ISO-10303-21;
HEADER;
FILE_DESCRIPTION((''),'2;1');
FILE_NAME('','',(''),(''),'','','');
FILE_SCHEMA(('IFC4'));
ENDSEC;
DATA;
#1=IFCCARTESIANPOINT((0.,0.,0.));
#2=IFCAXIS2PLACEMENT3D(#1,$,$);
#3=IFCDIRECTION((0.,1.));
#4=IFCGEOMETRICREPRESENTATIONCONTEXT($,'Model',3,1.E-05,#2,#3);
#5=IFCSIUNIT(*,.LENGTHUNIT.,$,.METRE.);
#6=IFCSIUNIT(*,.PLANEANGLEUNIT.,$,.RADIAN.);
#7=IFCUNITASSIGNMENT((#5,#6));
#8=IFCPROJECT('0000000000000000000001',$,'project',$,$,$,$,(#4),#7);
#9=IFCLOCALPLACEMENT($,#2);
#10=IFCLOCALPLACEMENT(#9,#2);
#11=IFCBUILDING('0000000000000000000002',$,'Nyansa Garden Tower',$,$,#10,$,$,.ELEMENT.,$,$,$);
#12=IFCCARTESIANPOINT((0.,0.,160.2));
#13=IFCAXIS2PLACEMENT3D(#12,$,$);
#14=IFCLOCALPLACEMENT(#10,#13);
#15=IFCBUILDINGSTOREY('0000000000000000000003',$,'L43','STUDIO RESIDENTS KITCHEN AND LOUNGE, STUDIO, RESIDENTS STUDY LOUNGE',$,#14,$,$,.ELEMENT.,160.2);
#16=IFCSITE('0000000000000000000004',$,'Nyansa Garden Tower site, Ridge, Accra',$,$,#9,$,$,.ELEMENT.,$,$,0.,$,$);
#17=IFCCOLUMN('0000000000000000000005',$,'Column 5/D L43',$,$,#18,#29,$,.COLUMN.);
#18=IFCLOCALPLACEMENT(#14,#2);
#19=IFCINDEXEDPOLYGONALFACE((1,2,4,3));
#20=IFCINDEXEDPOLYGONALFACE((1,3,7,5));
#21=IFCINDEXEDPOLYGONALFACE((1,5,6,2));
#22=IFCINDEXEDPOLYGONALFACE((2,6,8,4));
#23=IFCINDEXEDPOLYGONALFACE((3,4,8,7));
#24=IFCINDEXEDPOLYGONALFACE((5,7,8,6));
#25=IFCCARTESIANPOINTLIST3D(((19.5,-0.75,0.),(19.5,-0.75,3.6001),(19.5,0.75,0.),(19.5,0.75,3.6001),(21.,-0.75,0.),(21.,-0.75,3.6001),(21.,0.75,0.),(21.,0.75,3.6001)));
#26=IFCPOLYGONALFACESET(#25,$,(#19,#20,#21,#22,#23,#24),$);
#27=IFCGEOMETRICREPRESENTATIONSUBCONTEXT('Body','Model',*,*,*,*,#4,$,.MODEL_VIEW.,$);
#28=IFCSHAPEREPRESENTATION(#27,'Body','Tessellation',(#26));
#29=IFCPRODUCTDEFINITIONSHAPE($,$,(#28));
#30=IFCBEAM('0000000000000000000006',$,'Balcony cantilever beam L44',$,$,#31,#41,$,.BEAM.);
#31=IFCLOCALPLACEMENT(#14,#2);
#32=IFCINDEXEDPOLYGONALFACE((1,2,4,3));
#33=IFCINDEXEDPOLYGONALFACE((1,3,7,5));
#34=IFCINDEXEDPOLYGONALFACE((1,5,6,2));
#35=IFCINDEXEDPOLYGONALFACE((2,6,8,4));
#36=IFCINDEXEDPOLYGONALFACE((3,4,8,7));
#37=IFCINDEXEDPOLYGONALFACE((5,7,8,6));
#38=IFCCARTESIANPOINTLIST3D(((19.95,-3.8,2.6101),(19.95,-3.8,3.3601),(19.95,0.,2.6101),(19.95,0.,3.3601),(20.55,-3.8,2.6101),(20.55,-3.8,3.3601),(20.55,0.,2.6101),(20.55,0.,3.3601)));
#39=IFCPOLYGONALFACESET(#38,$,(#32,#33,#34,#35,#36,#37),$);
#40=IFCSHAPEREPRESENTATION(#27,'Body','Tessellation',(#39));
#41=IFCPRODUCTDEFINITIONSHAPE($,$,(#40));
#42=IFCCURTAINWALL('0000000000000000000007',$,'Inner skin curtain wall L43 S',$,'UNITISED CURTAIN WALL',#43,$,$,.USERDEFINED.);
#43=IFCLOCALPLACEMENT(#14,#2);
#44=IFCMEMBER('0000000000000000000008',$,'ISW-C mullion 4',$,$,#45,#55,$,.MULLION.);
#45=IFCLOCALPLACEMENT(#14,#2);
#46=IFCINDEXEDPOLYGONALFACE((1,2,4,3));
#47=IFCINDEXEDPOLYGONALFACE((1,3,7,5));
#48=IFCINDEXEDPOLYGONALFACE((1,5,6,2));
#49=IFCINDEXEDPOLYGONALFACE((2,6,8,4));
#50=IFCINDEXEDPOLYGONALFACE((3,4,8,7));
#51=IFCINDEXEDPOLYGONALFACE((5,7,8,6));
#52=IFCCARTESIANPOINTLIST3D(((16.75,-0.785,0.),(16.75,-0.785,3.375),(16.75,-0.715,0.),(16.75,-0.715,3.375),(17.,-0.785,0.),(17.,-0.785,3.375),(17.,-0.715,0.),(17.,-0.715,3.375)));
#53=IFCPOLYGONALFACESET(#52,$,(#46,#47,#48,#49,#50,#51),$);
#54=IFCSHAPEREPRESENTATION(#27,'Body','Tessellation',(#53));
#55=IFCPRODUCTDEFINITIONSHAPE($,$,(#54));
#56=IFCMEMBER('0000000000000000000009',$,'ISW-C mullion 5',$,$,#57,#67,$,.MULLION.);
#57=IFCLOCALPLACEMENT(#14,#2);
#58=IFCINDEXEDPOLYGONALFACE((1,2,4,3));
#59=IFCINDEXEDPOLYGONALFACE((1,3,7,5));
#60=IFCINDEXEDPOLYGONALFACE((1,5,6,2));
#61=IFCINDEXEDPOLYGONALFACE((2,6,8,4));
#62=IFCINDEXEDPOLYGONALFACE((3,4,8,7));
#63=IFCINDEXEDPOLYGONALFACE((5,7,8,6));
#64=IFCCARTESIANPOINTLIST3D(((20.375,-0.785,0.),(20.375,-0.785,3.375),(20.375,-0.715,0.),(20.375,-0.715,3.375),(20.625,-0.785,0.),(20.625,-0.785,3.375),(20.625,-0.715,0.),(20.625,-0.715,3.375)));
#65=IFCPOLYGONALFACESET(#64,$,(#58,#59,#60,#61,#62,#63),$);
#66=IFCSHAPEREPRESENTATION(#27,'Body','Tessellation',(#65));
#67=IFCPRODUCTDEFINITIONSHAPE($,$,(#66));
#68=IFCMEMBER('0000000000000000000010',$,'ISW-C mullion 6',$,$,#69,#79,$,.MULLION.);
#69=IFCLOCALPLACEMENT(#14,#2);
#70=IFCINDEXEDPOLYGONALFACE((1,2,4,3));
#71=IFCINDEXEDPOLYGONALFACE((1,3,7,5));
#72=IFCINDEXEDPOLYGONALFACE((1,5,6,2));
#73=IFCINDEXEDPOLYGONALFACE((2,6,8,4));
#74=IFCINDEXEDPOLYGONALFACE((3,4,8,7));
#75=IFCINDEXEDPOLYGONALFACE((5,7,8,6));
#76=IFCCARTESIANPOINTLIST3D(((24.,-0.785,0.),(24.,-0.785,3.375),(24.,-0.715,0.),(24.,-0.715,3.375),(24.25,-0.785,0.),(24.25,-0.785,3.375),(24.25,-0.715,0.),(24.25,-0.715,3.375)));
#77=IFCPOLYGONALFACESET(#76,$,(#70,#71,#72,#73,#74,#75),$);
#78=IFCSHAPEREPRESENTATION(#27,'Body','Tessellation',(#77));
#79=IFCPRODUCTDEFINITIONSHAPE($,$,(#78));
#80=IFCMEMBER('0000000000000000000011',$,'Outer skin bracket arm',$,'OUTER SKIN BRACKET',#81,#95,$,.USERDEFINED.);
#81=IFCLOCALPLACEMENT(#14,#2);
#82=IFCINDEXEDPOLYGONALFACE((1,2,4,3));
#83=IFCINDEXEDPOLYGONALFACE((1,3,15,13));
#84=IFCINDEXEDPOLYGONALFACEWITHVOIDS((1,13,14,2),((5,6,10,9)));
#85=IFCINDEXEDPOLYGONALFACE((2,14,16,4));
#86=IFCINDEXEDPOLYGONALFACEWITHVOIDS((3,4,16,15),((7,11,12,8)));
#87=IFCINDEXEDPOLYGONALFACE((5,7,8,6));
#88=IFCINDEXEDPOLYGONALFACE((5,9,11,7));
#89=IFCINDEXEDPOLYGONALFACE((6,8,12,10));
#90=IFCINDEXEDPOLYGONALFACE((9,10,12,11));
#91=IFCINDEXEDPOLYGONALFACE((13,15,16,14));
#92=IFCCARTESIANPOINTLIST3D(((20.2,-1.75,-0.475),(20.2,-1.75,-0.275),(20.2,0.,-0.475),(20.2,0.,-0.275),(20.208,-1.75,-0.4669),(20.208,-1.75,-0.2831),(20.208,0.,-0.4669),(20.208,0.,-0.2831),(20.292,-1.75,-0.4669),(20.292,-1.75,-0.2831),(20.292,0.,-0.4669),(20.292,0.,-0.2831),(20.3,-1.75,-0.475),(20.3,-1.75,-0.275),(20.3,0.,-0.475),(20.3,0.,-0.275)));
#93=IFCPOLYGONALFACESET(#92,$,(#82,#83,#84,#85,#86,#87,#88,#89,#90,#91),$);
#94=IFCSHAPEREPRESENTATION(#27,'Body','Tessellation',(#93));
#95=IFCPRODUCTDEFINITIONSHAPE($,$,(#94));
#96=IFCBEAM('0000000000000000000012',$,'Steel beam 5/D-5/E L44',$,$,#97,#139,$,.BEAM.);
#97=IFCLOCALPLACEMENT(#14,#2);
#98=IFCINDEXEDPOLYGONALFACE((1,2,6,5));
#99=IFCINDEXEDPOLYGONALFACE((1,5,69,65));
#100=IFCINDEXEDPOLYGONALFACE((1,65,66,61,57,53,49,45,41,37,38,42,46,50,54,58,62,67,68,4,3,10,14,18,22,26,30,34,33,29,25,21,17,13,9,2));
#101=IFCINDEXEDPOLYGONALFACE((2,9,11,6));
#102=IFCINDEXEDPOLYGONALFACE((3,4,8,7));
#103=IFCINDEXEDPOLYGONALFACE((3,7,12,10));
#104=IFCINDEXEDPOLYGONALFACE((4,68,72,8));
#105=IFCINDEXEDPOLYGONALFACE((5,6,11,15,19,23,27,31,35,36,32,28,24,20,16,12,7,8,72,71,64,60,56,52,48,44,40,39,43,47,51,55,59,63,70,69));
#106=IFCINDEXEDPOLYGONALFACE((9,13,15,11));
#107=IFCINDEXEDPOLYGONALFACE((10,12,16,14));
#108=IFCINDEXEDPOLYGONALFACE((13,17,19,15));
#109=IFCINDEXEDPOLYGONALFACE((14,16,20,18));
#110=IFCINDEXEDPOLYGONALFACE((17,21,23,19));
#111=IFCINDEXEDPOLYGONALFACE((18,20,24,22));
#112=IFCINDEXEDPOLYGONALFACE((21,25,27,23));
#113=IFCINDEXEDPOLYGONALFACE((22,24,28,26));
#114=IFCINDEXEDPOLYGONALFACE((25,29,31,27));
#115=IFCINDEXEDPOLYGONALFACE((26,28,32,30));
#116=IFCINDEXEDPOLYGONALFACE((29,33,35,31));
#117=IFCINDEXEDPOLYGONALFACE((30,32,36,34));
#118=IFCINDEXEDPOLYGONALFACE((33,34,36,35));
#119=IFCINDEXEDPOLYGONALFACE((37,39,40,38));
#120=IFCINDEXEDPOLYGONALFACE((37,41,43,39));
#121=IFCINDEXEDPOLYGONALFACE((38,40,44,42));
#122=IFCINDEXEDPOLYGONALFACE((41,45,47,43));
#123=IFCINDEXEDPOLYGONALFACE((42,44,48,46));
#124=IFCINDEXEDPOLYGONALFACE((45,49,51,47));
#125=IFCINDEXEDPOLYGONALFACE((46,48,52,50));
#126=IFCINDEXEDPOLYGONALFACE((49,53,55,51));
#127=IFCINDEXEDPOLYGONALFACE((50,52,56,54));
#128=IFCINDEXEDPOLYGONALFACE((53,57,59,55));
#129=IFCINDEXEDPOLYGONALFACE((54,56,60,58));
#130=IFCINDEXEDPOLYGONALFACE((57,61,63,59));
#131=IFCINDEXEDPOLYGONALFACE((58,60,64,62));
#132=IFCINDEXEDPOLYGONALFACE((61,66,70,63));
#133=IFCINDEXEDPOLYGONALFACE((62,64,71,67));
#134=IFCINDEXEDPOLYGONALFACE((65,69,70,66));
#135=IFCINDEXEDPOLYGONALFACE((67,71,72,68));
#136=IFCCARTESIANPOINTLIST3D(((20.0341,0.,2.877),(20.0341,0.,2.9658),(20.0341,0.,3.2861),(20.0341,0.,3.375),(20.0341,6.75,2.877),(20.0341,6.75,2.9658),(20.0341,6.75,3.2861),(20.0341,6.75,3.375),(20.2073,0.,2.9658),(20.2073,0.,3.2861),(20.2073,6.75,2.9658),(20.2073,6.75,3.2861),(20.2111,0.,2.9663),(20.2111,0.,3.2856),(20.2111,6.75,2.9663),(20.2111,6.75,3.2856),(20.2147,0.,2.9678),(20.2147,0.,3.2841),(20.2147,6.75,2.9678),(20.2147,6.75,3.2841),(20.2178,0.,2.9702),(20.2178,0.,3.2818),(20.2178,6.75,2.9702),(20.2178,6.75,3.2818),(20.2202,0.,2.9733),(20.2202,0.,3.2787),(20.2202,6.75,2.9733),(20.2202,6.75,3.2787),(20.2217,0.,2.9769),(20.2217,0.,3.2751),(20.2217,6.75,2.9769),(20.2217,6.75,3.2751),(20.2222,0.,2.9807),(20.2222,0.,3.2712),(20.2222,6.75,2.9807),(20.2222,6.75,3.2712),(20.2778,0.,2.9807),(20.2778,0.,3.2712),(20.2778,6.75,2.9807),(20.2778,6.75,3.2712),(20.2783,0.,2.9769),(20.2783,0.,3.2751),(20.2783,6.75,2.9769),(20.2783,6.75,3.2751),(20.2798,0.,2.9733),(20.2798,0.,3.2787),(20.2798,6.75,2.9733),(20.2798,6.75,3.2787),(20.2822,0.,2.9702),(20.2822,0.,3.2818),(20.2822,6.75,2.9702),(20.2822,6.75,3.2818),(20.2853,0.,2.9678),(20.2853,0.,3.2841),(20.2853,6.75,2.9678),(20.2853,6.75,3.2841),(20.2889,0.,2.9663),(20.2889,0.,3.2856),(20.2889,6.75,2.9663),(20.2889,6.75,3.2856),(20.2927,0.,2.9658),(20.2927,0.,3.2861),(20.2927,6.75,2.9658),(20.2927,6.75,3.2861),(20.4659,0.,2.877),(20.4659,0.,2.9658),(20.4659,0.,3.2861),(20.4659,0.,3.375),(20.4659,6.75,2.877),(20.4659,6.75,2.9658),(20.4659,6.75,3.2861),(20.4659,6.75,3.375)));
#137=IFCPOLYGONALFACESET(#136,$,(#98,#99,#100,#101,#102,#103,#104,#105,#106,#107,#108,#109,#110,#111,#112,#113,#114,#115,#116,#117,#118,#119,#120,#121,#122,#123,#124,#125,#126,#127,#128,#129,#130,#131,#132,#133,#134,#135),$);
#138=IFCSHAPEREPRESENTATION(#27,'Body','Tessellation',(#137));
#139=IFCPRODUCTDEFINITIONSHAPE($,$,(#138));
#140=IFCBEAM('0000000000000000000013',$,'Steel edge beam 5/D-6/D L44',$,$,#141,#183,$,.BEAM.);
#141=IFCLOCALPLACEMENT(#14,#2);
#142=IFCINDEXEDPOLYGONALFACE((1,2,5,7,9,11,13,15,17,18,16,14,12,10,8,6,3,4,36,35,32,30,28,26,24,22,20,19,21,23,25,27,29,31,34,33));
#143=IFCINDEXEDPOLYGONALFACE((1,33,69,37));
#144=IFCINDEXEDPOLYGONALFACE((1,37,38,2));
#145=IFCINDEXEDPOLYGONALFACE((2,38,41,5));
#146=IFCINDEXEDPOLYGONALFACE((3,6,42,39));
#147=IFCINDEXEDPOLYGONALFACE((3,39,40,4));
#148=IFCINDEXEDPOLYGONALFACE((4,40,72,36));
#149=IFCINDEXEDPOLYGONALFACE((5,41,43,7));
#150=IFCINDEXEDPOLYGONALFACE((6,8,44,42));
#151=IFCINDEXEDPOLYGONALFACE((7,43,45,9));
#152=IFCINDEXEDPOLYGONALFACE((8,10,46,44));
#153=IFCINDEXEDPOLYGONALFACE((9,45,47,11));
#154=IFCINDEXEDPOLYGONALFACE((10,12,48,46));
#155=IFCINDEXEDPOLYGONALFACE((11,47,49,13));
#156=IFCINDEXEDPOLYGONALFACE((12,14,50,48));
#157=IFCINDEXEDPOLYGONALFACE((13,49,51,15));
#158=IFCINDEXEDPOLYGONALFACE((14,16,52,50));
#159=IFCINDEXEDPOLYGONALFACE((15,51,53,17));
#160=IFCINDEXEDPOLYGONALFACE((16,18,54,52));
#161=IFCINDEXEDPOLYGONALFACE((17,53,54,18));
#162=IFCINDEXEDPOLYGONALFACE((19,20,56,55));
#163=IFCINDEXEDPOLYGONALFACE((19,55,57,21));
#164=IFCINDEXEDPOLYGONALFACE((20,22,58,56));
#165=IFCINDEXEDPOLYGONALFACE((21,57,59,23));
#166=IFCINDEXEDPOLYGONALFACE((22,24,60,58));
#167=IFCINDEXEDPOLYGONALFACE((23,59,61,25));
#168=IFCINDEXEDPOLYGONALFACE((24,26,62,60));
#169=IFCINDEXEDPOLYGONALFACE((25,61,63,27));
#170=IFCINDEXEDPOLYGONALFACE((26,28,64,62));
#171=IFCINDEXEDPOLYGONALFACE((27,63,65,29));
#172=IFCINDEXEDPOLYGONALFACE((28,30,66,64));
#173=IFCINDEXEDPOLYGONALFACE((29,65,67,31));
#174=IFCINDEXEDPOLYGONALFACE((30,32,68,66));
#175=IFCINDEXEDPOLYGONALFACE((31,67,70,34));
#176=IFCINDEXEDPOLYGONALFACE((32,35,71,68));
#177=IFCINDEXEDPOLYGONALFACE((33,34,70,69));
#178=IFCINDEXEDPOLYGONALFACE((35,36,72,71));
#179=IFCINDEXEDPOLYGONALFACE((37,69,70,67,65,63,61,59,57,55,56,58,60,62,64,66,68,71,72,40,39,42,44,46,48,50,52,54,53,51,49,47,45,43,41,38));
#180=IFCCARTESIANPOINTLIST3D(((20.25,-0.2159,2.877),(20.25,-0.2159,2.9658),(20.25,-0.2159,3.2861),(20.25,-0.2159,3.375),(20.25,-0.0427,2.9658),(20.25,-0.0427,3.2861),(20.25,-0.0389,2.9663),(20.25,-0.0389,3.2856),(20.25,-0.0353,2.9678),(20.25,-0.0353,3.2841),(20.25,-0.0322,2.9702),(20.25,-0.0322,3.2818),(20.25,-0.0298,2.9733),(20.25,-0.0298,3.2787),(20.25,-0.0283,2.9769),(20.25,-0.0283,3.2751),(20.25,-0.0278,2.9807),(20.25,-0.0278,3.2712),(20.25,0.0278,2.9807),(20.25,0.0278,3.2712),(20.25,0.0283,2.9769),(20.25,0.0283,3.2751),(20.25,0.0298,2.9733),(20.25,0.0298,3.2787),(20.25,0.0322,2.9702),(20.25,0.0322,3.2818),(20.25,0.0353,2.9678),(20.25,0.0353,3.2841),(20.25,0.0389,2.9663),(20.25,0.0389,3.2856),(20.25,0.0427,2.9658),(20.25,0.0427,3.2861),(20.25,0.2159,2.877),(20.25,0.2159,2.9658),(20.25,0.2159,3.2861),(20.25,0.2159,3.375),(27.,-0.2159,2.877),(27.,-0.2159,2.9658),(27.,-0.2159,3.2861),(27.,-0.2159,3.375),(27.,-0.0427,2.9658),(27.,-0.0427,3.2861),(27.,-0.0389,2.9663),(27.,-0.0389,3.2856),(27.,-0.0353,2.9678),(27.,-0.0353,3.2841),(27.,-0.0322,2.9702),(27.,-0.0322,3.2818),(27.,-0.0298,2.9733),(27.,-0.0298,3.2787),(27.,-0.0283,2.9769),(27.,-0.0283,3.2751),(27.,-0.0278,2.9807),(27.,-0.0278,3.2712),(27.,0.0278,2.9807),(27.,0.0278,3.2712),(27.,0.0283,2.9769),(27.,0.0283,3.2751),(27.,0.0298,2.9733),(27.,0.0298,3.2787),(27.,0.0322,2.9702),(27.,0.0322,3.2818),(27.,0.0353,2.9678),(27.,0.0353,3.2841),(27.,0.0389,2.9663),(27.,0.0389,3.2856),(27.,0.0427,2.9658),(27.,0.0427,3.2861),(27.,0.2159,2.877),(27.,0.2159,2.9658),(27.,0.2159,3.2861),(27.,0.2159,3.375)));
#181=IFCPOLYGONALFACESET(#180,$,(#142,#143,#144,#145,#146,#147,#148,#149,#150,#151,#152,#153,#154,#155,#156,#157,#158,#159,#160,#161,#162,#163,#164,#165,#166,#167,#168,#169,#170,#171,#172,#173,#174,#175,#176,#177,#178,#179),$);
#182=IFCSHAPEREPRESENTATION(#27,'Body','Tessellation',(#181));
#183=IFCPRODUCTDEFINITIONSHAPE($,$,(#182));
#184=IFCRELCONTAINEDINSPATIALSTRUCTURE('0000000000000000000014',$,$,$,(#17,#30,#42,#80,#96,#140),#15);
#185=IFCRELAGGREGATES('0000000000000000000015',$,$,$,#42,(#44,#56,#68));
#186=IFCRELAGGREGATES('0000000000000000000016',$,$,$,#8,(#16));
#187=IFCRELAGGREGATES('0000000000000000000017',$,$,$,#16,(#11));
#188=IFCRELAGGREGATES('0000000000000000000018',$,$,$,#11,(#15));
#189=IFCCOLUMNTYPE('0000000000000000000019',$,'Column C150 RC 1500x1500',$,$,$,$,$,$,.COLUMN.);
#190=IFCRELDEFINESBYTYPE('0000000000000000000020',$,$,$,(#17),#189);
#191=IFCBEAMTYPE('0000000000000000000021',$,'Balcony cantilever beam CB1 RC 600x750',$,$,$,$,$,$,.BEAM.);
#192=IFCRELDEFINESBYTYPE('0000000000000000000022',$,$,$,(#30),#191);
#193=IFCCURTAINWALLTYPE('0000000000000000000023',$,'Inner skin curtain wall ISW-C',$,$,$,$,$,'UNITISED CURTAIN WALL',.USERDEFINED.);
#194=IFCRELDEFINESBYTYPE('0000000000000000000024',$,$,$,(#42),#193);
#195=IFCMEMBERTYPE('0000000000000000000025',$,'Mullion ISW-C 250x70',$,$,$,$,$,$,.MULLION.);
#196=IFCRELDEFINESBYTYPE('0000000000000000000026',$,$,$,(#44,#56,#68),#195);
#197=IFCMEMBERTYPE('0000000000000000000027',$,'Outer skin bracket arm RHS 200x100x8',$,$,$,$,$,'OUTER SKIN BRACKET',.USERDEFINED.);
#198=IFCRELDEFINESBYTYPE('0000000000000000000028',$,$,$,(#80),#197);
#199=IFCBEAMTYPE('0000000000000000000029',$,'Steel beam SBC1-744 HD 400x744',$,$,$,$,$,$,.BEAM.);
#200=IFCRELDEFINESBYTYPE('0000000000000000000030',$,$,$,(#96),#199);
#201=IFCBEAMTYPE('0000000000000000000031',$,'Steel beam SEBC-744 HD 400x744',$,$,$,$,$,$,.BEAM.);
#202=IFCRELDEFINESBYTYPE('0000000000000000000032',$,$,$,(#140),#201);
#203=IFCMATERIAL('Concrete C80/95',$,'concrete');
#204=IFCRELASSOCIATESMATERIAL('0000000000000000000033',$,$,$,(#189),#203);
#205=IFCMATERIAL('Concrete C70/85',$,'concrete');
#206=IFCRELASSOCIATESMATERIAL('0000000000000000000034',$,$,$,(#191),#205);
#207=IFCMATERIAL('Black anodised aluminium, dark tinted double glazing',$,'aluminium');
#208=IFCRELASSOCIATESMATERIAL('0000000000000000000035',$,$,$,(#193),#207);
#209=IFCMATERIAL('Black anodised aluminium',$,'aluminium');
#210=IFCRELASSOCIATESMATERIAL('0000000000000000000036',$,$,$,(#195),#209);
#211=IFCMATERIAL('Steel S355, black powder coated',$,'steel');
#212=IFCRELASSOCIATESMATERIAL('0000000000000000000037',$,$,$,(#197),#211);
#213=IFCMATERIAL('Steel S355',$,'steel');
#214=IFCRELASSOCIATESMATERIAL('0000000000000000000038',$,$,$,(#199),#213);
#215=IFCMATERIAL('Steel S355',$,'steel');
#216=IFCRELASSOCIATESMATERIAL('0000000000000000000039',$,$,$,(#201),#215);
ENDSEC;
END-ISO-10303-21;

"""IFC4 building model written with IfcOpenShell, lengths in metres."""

from ifc_helpers import new_model, si_unit, direction, frame, origin, origin_2d, place, context, subcontext, project, spatial, rectangle, hollow_rectangle, i_section, extrude, material, material_profile, profile_set, type_object, element, aggregate, save


model = new_model("IFC4")

# Units and contexts
model_context = context("Model", 3, precision=1e-05, world=origin(), true_north=direction((0.0, 1.0)))
body_context = subcontext(model_context, "Body", "Model", "MODEL_VIEW")
ifc_project = project(units=[si_unit("LENGTHUNIT", "METRE"), si_unit("PLANEANGLEUNIT", "RADIAN")], contexts=[model_context])

# Site, building, storey
site_placement = place(None, origin())
site = spatial("IfcSite", under=ifc_project, at=site_placement, Name="Nyansa Garden Tower site, Ridge, Accra", CompositionType="ELEMENT", RefElevation=0.0)
building_placement = place(site_placement, origin())
building = spatial("IfcBuilding", under=site, at=building_placement, Name="Nyansa Garden Tower", CompositionType="ELEMENT")
storey_placement = place(building_placement, frame((0.0, 0.0, 160.2)))
storey = spatial("IfcBuildingStorey", under=building, at=storey_placement, Name="L43", Description="STUDIO RESIDENTS KITCHEN AND LOUNGE, STUDIO, RESIDENTS STUDY LOUNGE", CompositionType="ELEMENT", Elevation=160.2)

# Column
ifc_material_1 = material(Name="Concrete C80/95", Category="concrete")
ifc_material_profile_1 = material_profile(ifc_material_1, rectangle(XDim=1.5, YDim=1.5, at=origin_2d()), Name="RC 1500x1500")
ifc_profile_set_1 = profile_set([ifc_material_profile_1], Name="Concrete C80/95")
column_type = type_object("IfcColumnType", Name="Column C150 RC 1500x1500", PredefinedType="COLUMN", material=ifc_profile_set_1)
column_placement = place(storey_placement, frame((20.25, 0.0, 0.0), z_axis=(0.0, 0.0, 1.0), x_axis=(1.0, 0.0, 0.0)))
element("IfcColumn", 1, at=column_placement, inside=storey, type_object=column_type, Name="Column 5/D L43", PredefinedType="COLUMN", context=body_context, shape_type="SweptSolid", body=[
    extrude(rectangle(XDim=1.5, YDim=1.5, at=origin_2d()), origin(), (0.0, 0.0, 1.0), 3.6001),
])

# Beam
ifc_material_2 = material(Name="Concrete C70/85", Category="concrete")
ifc_material_profile_2 = material_profile(ifc_material_2, rectangle(XDim=0.6001, YDim=0.75, at=origin_2d()), Name="RC 600x750")
ifc_profile_set_2 = profile_set([ifc_material_profile_2], Name="Concrete C70/85")
beam_type_1 = type_object("IfcBeamType", Name="Balcony cantilever beam CB1 RC 600x750", PredefinedType="BEAM", material=ifc_profile_set_2)
beam_1_placement = place(storey_placement, frame((20.25, 0.0, 2.9851), z_axis=(0.0, -1.0, 0.0), x_axis=(1.0, 0.0, 0.0)))
element("IfcBeam", 2, at=beam_1_placement, inside=storey, type_object=beam_type_1, Name="Balcony cantilever beam L44", PredefinedType="BEAM", context=body_context, shape_type="SweptSolid", body=[
    extrude(rectangle(XDim=0.6001, YDim=0.75, at=origin_2d()), origin(), (0.0, 0.0, 1.0), 3.8),
])

# Curtain wall, members
ifc_material_3 = material(Name="Black anodised aluminium, dark tinted double glazing", Category="aluminium")
curtain_wall_type = type_object("IfcCurtainWallType", Name="Inner skin curtain wall ISW-C", ElementType="UNITISED CURTAIN WALL", PredefinedType="USERDEFINED", material=ifc_material_3)
curtain_wall_placement = place(storey_placement, origin())
curtain_wall = element("IfcCurtainWall", 3, at=curtain_wall_placement, inside=storey, type_object=curtain_wall_type, Name="Inner skin curtain wall L43 S", ObjectType="UNITISED CURTAIN WALL", PredefinedType="USERDEFINED")
ifc_material_4 = material(Name="Black anodised aluminium", Category="aluminium")
ifc_material_profile_3 = material_profile(ifc_material_4, rectangle(XDim=0.0701, YDim=0.25, at=origin_2d()), Name="Mullion 250x70")
ifc_profile_set_3 = profile_set([ifc_material_profile_3], Name="Black anodised aluminium")
member_type_1 = type_object("IfcMemberType", Name="Mullion ISW-C 250x70", PredefinedType="MULLION", material=ifc_profile_set_3)
member_1_placement = place(storey_placement, frame((16.875, -0.75, 0.0), z_axis=(0.0, 0.0, 1.0), x_axis=(0.0, 1.0, 0.0)))
member_1 = element("IfcMember", 4, at=member_1_placement, type_object=member_type_1, Name="ISW-C mullion 4", PredefinedType="MULLION", context=body_context, shape_type="SweptSolid", body=[
    extrude(rectangle(XDim=0.0701, YDim=0.25, at=origin_2d()), origin(), (0.0, 0.0, 1.0), 3.375),
])
member_2_placement = place(storey_placement, frame((20.5, -0.75, 0.0), z_axis=(0.0, 0.0, 1.0), x_axis=(0.0, 1.0, 0.0)))
member_2 = element("IfcMember", 5, at=member_2_placement, type_object=member_type_1, Name="ISW-C mullion 5", PredefinedType="MULLION", context=body_context, shape_type="SweptSolid", body=[
    extrude(rectangle(XDim=0.0701, YDim=0.25, at=origin_2d()), origin(), (0.0, 0.0, 1.0), 3.375),
])
member_3_placement = place(storey_placement, frame((24.125, -0.75, 0.0), z_axis=(0.0, 0.0, 1.0), x_axis=(0.0, 1.0, 0.0)))
member_3 = element("IfcMember", 6, at=member_3_placement, type_object=member_type_1, Name="ISW-C mullion 6", PredefinedType="MULLION", context=body_context, shape_type="SweptSolid", body=[
    extrude(rectangle(XDim=0.0701, YDim=0.25, at=origin_2d()), origin(), (0.0, 0.0, 1.0), 3.375),
])

# Member
ifc_material_5 = material(Name="Steel S355, black powder coated", Category="steel")
ifc_material_profile_4 = material_profile(ifc_material_5, hollow_rectangle(XDim=0.1001, YDim=0.2, WallThickness=0.0081, at=origin_2d()), Name="RHS 200x100x8")
ifc_profile_set_4 = profile_set([ifc_material_profile_4], Name="Steel S355, black powder coated")
member_type_2 = type_object("IfcMemberType", Name="Outer skin bracket arm RHS 200x100x8", ElementType="OUTER SKIN BRACKET", PredefinedType="USERDEFINED", material=ifc_profile_set_4)
member_4_placement = place(storey_placement, frame((20.25, 0.0, -0.375), z_axis=(0.0, -1.0, 0.0), x_axis=(1.0, 0.0, 0.0)))
element("IfcMember", 7, at=member_4_placement, inside=storey, type_object=member_type_2, Name="Outer skin bracket arm", ObjectType="OUTER SKIN BRACKET", PredefinedType="USERDEFINED", context=body_context, shape_type="SweptSolid", body=[
    extrude(hollow_rectangle(XDim=0.1001, YDim=0.2, WallThickness=0.0081, at=origin_2d()), origin(), (0.0, 0.0, 1.0), 1.75),
])

# Beams
ifc_material_6 = material(Name="Steel S355", Category="steel")
ifc_material_profile_5 = material_profile(ifc_material_6, i_section(OverallWidth=0.4319, OverallDepth=0.498, WebThickness=0.0557, FlangeThickness=0.0889, FilletRadius=0.0149, at=origin_2d()), Name="HD 400x744")
ifc_profile_set_5 = profile_set([ifc_material_profile_5], Name="Steel S355")
beam_type_2 = type_object("IfcBeamType", Name="Steel beam SBC1-744 HD 400x744", PredefinedType="BEAM", material=ifc_profile_set_5)
beam_2_placement = place(storey_placement, frame((20.25, 0.0, 3.126), z_axis=(0.0, 1.0, 0.0), x_axis=(-1.0, 0.0, 0.0)))
element("IfcBeam", 8, at=beam_2_placement, inside=storey, type_object=beam_type_2, Name="Steel beam 5/D-5/E L44", PredefinedType="BEAM", context=body_context, shape_type="SweptSolid", body=[
    extrude(i_section(OverallWidth=0.4319, OverallDepth=0.498, WebThickness=0.0557, FlangeThickness=0.0889, FilletRadius=0.0149, at=origin_2d()), origin(), (0.0, 0.0, 1.0), 6.75),
])
ifc_material_7 = material(Name="Steel S355", Category="steel")
ifc_material_profile_6 = material_profile(ifc_material_7, i_section(OverallWidth=0.4319, OverallDepth=0.498, WebThickness=0.0557, FlangeThickness=0.0889, FilletRadius=0.0149, at=origin_2d()), Name="HD 400x744")
ifc_profile_set_6 = profile_set([ifc_material_profile_6], Name="Steel S355")
beam_type_3 = type_object("IfcBeamType", Name="Steel beam SEBC-744 HD 400x744", PredefinedType="BEAM", material=ifc_profile_set_6)
beam_3_placement = place(storey_placement, frame((20.25, 0.0, 3.126), z_axis=(1.0, 0.0, 0.0), x_axis=(0.0, 1.0, 0.0)))
element("IfcBeam", 9, at=beam_3_placement, inside=storey, type_object=beam_type_3, Name="Steel edge beam 5/D-6/D L44", PredefinedType="BEAM", context=body_context, shape_type="SweptSolid", body=[
    extrude(i_section(OverallWidth=0.4319, OverallDepth=0.498, WebThickness=0.0557, FlangeThickness=0.0889, FilletRadius=0.0149, at=origin_2d()), origin(), (0.0, 0.0, 1.0), 6.75),
])

aggregate(curtain_wall, [member_1, member_2, member_3])

save(model, "model.ifc")
